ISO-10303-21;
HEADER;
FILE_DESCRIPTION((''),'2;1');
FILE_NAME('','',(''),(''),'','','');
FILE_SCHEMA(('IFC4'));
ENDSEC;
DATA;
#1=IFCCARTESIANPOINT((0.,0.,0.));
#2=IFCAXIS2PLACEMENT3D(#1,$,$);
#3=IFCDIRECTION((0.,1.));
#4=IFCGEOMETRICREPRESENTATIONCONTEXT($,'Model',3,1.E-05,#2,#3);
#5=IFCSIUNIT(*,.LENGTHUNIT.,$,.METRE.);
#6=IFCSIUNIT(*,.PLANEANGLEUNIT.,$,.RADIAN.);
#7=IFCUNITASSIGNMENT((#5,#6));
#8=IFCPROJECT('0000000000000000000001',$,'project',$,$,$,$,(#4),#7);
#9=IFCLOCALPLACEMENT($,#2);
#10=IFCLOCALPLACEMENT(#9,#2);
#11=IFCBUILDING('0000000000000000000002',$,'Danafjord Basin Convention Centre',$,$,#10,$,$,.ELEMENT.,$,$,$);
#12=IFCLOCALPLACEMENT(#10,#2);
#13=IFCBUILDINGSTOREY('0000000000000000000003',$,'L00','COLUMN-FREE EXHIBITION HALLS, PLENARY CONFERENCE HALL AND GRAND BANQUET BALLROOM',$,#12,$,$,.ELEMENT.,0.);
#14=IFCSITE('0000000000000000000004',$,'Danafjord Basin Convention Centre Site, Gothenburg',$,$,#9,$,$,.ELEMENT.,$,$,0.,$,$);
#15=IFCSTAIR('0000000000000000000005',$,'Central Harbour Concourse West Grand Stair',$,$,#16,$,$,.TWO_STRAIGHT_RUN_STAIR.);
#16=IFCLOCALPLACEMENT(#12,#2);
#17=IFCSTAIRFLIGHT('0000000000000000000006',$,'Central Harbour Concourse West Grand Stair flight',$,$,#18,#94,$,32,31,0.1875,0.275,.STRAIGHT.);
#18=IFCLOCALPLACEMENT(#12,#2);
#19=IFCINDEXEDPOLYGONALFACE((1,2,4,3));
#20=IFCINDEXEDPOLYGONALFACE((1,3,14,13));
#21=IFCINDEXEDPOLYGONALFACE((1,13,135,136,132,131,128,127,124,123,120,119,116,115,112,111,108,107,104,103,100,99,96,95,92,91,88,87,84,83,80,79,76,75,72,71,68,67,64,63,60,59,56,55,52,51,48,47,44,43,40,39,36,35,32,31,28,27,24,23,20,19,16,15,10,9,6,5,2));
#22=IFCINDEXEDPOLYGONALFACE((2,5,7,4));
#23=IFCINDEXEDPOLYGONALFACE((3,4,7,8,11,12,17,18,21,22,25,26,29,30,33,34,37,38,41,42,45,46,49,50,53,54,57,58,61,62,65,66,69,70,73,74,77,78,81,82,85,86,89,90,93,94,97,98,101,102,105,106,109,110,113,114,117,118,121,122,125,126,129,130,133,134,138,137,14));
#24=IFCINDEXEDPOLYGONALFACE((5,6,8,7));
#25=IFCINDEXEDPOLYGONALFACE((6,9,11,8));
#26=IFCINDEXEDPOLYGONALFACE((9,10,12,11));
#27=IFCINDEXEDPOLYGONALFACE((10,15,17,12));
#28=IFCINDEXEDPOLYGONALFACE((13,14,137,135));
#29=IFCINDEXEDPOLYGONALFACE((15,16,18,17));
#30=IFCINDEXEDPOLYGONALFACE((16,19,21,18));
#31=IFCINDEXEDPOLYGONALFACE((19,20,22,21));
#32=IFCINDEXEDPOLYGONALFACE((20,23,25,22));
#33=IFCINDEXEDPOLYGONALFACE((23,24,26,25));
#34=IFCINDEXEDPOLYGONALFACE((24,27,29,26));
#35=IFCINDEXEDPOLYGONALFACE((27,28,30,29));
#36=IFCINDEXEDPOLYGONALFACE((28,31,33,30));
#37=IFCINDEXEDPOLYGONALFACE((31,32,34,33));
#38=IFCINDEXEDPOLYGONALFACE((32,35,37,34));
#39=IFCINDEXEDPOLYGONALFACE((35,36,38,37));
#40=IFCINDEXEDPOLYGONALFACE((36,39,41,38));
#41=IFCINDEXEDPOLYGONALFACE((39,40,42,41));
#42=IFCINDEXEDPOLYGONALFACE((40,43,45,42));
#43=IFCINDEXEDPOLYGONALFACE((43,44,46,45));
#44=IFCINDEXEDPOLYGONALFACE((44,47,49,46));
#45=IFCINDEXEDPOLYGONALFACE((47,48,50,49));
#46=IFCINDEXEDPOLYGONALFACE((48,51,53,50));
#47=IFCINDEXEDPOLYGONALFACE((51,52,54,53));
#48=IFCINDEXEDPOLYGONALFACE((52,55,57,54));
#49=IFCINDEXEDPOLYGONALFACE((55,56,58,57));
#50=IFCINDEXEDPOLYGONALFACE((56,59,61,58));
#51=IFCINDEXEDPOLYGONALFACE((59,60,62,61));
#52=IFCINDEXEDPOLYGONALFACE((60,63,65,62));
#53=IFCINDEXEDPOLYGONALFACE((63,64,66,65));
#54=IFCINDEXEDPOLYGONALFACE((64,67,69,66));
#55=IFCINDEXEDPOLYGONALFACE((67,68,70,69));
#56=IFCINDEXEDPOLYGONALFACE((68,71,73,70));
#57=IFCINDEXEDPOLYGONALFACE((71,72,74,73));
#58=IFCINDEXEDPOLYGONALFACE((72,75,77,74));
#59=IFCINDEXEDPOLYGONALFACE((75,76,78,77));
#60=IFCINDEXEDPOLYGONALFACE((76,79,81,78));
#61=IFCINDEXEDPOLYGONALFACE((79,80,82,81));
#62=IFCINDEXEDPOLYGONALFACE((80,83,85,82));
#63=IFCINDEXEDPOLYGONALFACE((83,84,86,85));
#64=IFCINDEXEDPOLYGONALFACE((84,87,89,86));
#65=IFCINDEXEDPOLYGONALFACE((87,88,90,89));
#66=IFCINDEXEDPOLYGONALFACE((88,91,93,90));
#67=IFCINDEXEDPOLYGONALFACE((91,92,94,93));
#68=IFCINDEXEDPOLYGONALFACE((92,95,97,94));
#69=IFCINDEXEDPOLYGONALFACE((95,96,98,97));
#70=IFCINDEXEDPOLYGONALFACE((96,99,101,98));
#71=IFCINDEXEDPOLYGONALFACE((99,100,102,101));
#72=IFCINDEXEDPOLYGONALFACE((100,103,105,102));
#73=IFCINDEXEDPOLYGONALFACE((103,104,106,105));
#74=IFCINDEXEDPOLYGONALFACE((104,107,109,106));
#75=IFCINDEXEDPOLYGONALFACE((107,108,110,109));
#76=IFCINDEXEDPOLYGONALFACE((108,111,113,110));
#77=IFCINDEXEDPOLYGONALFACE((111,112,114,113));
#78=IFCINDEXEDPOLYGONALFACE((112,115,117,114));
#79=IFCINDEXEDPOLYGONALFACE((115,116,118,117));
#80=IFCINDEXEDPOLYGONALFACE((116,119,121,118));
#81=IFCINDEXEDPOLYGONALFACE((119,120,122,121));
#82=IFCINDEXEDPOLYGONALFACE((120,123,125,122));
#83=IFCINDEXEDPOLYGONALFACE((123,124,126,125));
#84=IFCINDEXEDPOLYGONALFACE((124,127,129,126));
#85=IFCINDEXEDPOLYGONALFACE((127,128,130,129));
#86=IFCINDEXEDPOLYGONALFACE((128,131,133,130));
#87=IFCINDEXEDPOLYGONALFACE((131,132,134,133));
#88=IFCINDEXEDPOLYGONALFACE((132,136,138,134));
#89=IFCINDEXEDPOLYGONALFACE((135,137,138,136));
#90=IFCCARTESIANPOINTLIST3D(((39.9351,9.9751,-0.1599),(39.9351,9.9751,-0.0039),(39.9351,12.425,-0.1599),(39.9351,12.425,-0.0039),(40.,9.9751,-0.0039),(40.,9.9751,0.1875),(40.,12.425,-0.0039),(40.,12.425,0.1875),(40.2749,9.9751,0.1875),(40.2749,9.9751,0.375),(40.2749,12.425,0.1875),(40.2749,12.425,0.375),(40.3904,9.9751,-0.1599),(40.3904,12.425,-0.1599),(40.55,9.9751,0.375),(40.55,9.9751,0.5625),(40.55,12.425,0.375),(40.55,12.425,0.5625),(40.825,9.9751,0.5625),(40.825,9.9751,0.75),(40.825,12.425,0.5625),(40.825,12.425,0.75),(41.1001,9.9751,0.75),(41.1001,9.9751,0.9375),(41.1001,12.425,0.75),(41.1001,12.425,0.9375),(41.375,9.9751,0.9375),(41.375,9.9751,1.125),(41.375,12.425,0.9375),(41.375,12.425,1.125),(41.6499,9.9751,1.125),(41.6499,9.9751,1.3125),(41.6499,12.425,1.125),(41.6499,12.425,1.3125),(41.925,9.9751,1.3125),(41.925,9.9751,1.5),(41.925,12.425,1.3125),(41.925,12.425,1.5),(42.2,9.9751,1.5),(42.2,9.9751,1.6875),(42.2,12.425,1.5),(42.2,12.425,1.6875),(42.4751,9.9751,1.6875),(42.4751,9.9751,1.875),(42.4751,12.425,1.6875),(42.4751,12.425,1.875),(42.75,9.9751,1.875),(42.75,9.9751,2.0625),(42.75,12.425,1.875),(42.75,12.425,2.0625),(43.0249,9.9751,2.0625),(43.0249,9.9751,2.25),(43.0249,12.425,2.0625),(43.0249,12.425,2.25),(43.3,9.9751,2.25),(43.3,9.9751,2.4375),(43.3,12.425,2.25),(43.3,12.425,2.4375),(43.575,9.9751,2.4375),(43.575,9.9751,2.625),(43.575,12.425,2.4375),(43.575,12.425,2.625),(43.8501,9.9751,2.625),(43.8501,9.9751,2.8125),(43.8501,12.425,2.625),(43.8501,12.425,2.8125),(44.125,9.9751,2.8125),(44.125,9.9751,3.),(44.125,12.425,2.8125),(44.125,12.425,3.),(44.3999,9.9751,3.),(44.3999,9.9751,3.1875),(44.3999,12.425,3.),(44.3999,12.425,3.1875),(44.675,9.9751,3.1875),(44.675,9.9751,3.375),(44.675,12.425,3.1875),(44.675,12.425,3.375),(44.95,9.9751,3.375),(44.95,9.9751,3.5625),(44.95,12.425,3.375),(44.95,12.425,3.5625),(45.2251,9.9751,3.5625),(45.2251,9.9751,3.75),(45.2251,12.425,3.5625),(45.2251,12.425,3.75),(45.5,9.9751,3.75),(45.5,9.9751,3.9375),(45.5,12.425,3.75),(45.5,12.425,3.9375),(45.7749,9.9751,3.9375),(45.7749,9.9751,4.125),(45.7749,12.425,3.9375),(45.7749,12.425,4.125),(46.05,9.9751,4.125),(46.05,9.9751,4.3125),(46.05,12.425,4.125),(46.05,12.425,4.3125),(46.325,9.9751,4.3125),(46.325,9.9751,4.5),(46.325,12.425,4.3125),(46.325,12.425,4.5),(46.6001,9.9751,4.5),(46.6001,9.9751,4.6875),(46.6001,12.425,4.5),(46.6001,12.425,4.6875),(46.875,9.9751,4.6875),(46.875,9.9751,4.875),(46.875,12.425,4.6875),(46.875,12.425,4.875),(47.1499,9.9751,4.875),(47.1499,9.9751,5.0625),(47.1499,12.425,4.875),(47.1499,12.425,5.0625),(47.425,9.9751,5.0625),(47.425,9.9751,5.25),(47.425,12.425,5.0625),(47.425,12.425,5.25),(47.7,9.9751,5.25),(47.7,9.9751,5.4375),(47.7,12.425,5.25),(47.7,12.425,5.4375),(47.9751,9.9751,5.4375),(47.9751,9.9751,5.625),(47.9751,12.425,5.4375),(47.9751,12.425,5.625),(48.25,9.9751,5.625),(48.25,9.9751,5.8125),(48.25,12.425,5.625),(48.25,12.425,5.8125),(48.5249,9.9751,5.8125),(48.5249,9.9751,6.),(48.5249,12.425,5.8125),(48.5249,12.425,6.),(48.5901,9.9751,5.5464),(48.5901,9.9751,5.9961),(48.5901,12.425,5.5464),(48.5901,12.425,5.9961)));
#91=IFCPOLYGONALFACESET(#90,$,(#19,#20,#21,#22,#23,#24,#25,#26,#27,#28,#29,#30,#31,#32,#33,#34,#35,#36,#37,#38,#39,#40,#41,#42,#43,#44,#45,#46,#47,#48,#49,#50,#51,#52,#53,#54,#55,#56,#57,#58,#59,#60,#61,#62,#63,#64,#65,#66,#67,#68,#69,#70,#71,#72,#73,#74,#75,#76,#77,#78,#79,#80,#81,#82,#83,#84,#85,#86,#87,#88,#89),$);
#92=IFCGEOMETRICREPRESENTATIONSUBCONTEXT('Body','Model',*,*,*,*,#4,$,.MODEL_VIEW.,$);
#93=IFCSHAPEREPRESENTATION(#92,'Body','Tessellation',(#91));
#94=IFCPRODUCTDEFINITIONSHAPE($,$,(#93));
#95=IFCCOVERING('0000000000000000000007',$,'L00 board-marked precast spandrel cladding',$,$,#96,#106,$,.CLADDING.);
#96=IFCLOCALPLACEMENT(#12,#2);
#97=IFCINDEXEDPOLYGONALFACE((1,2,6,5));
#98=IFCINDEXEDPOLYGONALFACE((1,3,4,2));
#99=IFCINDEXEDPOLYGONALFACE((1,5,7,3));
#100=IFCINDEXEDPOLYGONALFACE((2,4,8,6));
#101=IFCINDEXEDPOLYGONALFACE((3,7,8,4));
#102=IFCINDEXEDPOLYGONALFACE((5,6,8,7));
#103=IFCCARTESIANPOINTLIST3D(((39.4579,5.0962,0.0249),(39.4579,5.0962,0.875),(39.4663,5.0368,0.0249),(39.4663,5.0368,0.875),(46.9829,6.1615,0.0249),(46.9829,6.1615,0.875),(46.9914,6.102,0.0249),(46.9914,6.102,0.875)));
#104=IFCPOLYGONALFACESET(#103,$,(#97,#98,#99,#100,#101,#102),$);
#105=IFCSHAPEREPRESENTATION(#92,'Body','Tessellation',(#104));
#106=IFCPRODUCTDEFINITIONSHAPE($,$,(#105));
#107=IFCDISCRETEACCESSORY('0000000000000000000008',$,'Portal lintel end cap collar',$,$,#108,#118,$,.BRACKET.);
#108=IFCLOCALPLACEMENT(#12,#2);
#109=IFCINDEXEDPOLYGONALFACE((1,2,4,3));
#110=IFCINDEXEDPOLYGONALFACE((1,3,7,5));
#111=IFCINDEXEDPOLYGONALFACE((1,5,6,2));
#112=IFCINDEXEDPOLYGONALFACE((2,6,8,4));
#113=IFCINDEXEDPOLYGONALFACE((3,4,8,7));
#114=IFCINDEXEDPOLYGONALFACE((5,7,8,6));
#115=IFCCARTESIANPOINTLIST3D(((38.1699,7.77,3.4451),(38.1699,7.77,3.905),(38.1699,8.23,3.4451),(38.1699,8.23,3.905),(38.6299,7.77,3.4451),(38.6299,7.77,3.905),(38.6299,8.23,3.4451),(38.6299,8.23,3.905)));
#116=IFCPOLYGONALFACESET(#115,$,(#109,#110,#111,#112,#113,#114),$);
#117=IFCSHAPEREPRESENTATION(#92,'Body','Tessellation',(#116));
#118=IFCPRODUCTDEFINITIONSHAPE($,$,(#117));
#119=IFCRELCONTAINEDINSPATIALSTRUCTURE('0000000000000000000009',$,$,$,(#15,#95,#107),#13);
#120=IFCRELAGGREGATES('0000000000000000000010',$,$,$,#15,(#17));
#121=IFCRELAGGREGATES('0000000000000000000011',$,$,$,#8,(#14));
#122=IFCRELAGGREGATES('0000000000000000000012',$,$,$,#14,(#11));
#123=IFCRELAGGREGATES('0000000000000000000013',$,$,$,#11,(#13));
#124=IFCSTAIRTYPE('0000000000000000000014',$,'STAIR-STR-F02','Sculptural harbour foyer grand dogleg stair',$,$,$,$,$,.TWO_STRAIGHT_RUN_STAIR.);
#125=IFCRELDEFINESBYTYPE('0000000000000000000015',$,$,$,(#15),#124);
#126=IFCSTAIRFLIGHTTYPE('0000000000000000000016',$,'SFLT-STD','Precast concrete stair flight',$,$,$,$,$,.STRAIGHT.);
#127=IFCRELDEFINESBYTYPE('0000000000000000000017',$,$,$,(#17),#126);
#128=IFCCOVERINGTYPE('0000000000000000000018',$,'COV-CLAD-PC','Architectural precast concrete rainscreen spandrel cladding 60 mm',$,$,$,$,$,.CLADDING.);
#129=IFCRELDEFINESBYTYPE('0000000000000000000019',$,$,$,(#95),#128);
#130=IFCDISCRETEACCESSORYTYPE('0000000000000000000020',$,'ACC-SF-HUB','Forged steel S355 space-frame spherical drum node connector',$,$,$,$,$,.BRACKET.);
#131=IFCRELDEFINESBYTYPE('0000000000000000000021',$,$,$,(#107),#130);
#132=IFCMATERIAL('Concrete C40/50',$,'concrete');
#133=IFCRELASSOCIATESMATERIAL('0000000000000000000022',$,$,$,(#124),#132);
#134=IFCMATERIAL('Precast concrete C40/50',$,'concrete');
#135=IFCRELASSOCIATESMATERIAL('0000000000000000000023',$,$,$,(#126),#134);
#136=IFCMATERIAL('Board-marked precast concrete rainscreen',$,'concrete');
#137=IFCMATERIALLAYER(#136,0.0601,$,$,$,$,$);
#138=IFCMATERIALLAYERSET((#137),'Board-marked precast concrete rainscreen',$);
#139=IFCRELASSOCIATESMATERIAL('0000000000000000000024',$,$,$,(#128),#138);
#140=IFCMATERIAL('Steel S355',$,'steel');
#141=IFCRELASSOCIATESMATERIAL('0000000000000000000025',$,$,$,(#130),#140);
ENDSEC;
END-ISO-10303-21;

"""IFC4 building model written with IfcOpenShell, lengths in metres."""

from ifc_helpers import new_model, si_unit, direction, frame, origin, origin_2d, place, context, subcontext, project, spatial, polyline, rectangle, outline, extrude, material, layer, layer_set, type_object, element, aggregate, save


model = new_model("IFC4")

# Units and contexts
model_context = context("Model", 3, precision=1e-05, world=origin(), true_north=direction((0.0, 1.0)))
body_context = subcontext(model_context, "Body", "Model", "MODEL_VIEW")
ifc_project = project(units=[si_unit("LENGTHUNIT", "METRE"), si_unit("PLANEANGLEUNIT", "RADIAN")], contexts=[model_context])

# Site, building, storey
site_placement = place(None, origin())
site = spatial("IfcSite", under=ifc_project, at=site_placement, Name="Danafjord Basin Convention Centre Site, Gothenburg", CompositionType="ELEMENT", RefElevation=0.0)
building_placement = place(site_placement, origin())
building = spatial("IfcBuilding", under=site, at=building_placement, Name="Danafjord Basin Convention Centre", CompositionType="ELEMENT")
storey_placement = place(building_placement, origin())
storey = spatial("IfcBuildingStorey", under=building, at=storey_placement, Name="L00", Description="COLUMN-FREE EXHIBITION HALLS, PLENARY CONFERENCE HALL AND GRAND BANQUET BALLROOM", CompositionType="ELEMENT", Elevation=0.0)

# Shared definitions
ifc_material_1 = material(Name="Steel S355", Category="steel")

# Shared definitions
ifc_material_2 = material(Name="Precast concrete C40/50", Category="concrete")

# Stair, stair flight
ifc_material_3 = material(Name="Concrete C40/50", Category="concrete")
stair_type = type_object("IfcStairType", Name="STAIR-STR-F02", Description="Sculptural harbour foyer grand dogleg stair", PredefinedType="TWO_STRAIGHT_RUN_STAIR", material=ifc_material_3)
stair_placement = place(storey_placement, origin())
stair = element("IfcStair", 1, at=stair_placement, inside=storey, type_object=stair_type, Name="Central Harbour Concourse West Grand Stair", PredefinedType="TWO_STRAIGHT_RUN_STAIR")
stair_flight_type = type_object("IfcStairFlightType", Name="SFLT-STD", Description="Precast concrete stair flight", PredefinedType="STRAIGHT", material=ifc_material_2)
stair_flight_placement = place(storey_placement, frame((40.0, 11.2, 0.0), z_axis=(0.0, 0.0, 1.0), x_axis=(1.0, 0.0, 0.0)))
stair_flight = element("IfcStairFlight", 2, at=stair_flight_placement, type_object=stair_flight_type, Name="Central Harbour Concourse West Grand Stair flight", NumberOfRisers=32, NumberOfTreads=31, PredefinedType="STRAIGHT", RiserHeight=0.1875, TreadLength=0.275, context=body_context, shape_type="SweptSolid", body=[
    extrude(outline(polyline([(-0.0649, -0.1599), (-0.0649, -0.0039), (0.0, -0.0039), (0.0, 0.1875), (0.2749, 0.1875), (0.2749, 0.375), (0.55, 0.375), (0.55, 0.5625), (0.825, 0.5625), (0.825, 0.75), (1.1001, 0.75), (1.1001, 0.9375), (1.375, 0.9375), (1.375, 1.125), (1.6499, 1.125), (1.6499, 1.3125), (1.925, 1.3125), (1.925, 1.5), (2.2, 1.5), (2.2, 1.6875), (2.4751, 1.6875), (2.4751, 1.875), (2.75, 1.875), (2.75, 2.0625), (3.0249, 2.0625), (3.0249, 2.25), (3.3, 2.25), (3.3, 2.4375), (3.575, 2.4375), (3.575, 2.625), (3.8501, 2.625), (3.8501, 2.8125), (4.125, 2.8125), (4.125, 3.0), (4.3999, 3.0), (4.3999, 3.1875), (4.675, 3.1875), (4.675, 3.375), (4.95, 3.375), (4.95, 3.5625), (5.2251, 3.5625), (5.2251, 3.75), (5.5, 3.75), (5.5, 3.9375), (5.7749, 3.9375), (5.7749, 4.125), (6.05, 4.125), (6.05, 4.3125), (6.325, 4.3125), (6.325, 4.5), (6.6001, 4.5), (6.6001, 4.6875), (6.875, 4.6875), (6.875, 4.875), (7.1499, 4.875), (7.1499, 5.0625), (7.425, 5.0625), (7.425, 5.25), (7.7, 5.25), (7.7, 5.4375), (7.9751, 5.4375), (7.9751, 5.625), (8.25, 5.625), (8.25, 5.8125), (8.5249, 5.8125), (8.5249, 6.0), (8.5901, 5.9961), (8.5901, 5.5464), (0.3904, -0.1599), (-0.0649, -0.1599)])), frame((0.0, 1.2251, 0.0), z_axis=(0.0, -1.0, 0.0), x_axis=(1.0, 0.0, 0.0)), (0.0, 0.0, 1.0), 2.45),
])
aggregate(stair, [stair_flight])

# Covering
ifc_material_4 = material(Name="Board-marked precast concrete rainscreen", Category="concrete")
ifc_layer_1 = layer(ifc_material_4, 0.0601)
ifc_layer_set_1 = layer_set([ifc_layer_1], Name="Board-marked precast concrete rainscreen")
covering_type = type_object("IfcCoveringType", Name="COV-CLAD-PC", Description="Architectural precast concrete rainscreen spandrel cladding 60 mm", PredefinedType="CLADDING", material=ifc_layer_set_1)
covering_placement = place(storey_placement, frame((43.2246, 5.5991, 0.0249), z_axis=(0.0, 0.0, 1.0), x_axis=(0.990128, 0.140165, 0.0)))
element("IfcCovering", 3, at=covering_placement, inside=storey, type_object=covering_type, Name="L00 board-marked precast spandrel cladding", PredefinedType="CLADDING", context=body_context, shape_type="SweptSolid", body=[
    extrude(rectangle(XDim=7.6001, YDim=0.0601, at=origin_2d()), origin(), (0.0, 0.0, 1.0), 0.8501),
])

# Discrete accessory
discrete_accessory_type = type_object("IfcDiscreteAccessoryType", Name="ACC-SF-HUB", Description="Forged steel S355 space-frame spherical drum node connector", PredefinedType="BRACKET", material=ifc_material_1)
discrete_accessory_placement = place(storey_placement, frame((38.3999, 8.0, 3.4451), z_axis=(0.0, 0.0, 1.0), x_axis=(1.0, 0.0, 0.0)))
element("IfcDiscreteAccessory", 4, at=discrete_accessory_placement, inside=storey, type_object=discrete_accessory_type, Name="Portal lintel end cap collar", PredefinedType="BRACKET", context=body_context, shape_type="SweptSolid", body=[
    extrude(rectangle(XDim=0.46, YDim=0.46, at=origin_2d()), origin(), (0.0, 0.0, 1.0), 0.46),
])

save(model, "model.ifc")
